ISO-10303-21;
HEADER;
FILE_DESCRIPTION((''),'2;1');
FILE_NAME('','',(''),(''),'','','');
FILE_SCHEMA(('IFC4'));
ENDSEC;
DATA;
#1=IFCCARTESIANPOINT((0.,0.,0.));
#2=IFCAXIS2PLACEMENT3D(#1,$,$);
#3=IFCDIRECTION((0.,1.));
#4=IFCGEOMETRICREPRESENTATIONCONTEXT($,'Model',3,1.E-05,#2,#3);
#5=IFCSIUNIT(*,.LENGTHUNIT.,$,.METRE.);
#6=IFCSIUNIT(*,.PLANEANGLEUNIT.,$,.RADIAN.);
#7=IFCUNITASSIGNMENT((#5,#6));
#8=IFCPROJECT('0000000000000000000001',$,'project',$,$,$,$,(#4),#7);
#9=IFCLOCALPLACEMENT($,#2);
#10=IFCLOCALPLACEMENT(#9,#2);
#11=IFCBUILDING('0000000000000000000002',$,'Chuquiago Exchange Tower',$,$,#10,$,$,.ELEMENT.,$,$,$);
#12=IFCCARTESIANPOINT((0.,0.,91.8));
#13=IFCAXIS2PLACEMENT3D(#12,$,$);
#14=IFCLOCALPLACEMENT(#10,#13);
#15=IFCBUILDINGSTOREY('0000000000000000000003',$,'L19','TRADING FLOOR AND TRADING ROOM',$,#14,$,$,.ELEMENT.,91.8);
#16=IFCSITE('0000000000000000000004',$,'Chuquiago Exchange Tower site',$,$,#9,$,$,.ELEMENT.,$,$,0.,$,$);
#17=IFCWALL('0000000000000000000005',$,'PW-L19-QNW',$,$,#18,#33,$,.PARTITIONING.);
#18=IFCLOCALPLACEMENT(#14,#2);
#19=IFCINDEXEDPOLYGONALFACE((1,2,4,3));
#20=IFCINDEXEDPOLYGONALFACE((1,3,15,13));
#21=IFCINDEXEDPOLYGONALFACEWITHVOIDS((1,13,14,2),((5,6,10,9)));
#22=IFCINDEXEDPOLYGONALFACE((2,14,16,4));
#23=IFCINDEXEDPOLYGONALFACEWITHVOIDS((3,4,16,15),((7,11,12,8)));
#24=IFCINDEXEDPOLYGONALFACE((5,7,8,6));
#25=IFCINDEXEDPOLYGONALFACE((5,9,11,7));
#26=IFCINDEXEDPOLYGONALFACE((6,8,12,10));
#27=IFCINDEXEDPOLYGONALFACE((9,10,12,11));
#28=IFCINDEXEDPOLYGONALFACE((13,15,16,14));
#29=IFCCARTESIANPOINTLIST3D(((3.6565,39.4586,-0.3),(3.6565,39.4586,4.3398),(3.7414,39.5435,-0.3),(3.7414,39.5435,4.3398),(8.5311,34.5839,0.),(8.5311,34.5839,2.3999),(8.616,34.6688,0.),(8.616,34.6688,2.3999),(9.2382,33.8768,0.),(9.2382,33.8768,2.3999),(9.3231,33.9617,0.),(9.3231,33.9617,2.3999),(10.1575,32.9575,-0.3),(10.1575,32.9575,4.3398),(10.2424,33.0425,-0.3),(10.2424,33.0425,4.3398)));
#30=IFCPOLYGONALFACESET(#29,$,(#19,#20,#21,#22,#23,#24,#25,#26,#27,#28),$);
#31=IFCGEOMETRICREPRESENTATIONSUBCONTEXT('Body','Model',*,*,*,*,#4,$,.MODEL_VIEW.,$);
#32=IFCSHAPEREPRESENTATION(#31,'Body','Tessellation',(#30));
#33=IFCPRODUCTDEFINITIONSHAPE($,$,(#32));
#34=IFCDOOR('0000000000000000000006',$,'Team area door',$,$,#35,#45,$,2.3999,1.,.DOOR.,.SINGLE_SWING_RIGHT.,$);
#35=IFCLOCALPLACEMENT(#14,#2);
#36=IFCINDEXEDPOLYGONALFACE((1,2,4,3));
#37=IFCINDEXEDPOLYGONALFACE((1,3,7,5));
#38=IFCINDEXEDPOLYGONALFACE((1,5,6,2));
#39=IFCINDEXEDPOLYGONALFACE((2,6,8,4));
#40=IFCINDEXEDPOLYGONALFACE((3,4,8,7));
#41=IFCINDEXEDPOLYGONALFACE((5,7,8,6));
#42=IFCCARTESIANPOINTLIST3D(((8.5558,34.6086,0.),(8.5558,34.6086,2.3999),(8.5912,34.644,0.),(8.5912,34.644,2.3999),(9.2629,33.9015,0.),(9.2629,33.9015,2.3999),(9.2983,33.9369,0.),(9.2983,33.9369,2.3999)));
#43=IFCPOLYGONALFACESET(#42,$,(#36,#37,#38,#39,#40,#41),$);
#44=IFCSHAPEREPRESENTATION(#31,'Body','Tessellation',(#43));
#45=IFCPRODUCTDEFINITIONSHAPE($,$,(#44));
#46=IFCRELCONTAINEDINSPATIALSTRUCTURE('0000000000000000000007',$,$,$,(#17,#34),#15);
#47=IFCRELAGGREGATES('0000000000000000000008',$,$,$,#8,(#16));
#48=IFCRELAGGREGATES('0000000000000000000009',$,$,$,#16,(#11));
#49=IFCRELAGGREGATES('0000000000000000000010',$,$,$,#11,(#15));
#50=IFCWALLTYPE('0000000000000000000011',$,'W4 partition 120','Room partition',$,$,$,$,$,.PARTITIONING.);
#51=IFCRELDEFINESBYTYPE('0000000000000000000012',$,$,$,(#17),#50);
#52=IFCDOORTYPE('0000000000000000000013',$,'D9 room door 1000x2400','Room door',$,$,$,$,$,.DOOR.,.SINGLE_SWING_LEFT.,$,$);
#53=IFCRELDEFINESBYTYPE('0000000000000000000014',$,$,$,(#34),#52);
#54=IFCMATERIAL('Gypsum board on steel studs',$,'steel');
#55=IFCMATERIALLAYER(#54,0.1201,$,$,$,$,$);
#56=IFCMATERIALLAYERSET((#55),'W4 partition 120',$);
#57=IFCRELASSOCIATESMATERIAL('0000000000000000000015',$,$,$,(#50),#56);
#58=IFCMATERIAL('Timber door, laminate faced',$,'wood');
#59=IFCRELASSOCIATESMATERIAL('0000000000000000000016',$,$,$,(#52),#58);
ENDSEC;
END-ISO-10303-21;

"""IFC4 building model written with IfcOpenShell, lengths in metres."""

from ifc_helpers import new_model, si_unit, direction, frame, frame_2d, origin, place, context, subcontext, project, spatial, rectangle, extrude, material, layer, layer_set, type_object, element, fill, save


model = new_model("IFC4")

# Units and contexts
model_context = context("Model", 3, precision=1e-05, world=origin(), true_north=direction((0.0, 1.0)))
body_context = subcontext(model_context, "Body", "Model", "MODEL_VIEW")
ifc_project = project(units=[si_unit("LENGTHUNIT", "METRE"), si_unit("PLANEANGLEUNIT", "RADIAN")], contexts=[model_context])

# Site, building, storey
site_placement = place(None, origin())
site = spatial("IfcSite", under=ifc_project, at=site_placement, Name="Chuquiago Exchange Tower site", CompositionType="ELEMENT", RefElevation=0.0)
building_placement = place(site_placement, origin())
building = spatial("IfcBuilding", under=site, at=building_placement, Name="Chuquiago Exchange Tower", CompositionType="ELEMENT")
storey_placement = place(building_placement, frame((0.0, 0.0, 91.8)))
storey = spatial("IfcBuildingStorey", under=building, at=storey_placement, Name="L19", Description="TRADING FLOOR AND TRADING ROOM", CompositionType="ELEMENT", Elevation=91.8)

# Shared definitions
ifc_material_1 = material(Name="Gypsum board on steel studs", Category="steel")
ifc_layer_1 = layer(ifc_material_1, 0.1201)
ifc_layer_set_1 = layer_set([ifc_layer_1], Name="W4 partition 120")
wall_type_1 = type_object("IfcWallType", Name="W4 partition 120", Description="Room partition", PredefinedType="PARTITIONING", material=ifc_layer_set_1)

# Wall, opening, door
ifc_material_2 = material(Name="Timber door, laminate faced", Category="wood")
door_type_1 = type_object("IfcDoorType", Name="D9 room door 1000x2400", Description="Room door", OperationType="SINGLE_SWING_LEFT", PredefinedType="DOOR", material=ifc_material_2)
wall_1_placement = place(storey_placement, frame((10.2, 33.0, -0.3), z_axis=(0.0, 0.0, 1.0), x_axis=(-0.707107, 0.707107, 0.0)))
wall_1 = element("IfcWall", 1, at=wall_1_placement, inside=storey, type_object=wall_type_1, Name="PW-L19-QNW", PredefinedType="PARTITIONING", context=body_context, shape_type="SweptSolid", body=[
    extrude(rectangle(XDim=9.1938, YDim=0.1201, at=frame_2d((4.5969, 0.0))), origin(), (0.0, 0.0, 1.0), 4.6399),
])
opening_1_placement = place(wall_1_placement, frame((1.3, 0.0, 0.3)))
opening_1 = element("IfcOpeningElement", 2, at=opening_1_placement, cuts=wall_1, PredefinedType="OPENING", context=body_context, shape_type="SweptSolid", body=[
    extrude(rectangle(XDim=1.0, YDim=2.3999, at=frame_2d((0.5, 1.2))), frame((0.0, 0.0701, 0.0), z_axis=(0.0, -1.0, 0.0), x_axis=(1.0, 0.0, 0.0)), (0.0, 0.0, 1.0), 0.1401),
])
door_1_placement = place(opening_1_placement, frame((1.0, 0.0, 0.0), z_axis=(0.0, 0.0, 1.0), x_axis=(-1.0, 0.0, 0.0)))
door_1 = element("IfcDoor", 3, at=door_1_placement, inside=storey, type_object=door_type_1, Name="Team area door", OperationType="SINGLE_SWING_RIGHT", OverallHeight=2.3999, OverallWidth=1.0, PredefinedType="DOOR", context=body_context, shape_type="SweptSolid", body=[
    extrude(rectangle(XDim=1.0, YDim=2.3999, at=frame_2d((0.5, 1.2))), frame((0.0, 0.0249, 0.0), z_axis=(0.0, -1.0, 0.0), x_axis=(1.0, 0.0, 0.0)), (0.0, 0.0, 1.0), 0.05),
])
fill(opening_1, door_1)

save(model, "model.ifc")
